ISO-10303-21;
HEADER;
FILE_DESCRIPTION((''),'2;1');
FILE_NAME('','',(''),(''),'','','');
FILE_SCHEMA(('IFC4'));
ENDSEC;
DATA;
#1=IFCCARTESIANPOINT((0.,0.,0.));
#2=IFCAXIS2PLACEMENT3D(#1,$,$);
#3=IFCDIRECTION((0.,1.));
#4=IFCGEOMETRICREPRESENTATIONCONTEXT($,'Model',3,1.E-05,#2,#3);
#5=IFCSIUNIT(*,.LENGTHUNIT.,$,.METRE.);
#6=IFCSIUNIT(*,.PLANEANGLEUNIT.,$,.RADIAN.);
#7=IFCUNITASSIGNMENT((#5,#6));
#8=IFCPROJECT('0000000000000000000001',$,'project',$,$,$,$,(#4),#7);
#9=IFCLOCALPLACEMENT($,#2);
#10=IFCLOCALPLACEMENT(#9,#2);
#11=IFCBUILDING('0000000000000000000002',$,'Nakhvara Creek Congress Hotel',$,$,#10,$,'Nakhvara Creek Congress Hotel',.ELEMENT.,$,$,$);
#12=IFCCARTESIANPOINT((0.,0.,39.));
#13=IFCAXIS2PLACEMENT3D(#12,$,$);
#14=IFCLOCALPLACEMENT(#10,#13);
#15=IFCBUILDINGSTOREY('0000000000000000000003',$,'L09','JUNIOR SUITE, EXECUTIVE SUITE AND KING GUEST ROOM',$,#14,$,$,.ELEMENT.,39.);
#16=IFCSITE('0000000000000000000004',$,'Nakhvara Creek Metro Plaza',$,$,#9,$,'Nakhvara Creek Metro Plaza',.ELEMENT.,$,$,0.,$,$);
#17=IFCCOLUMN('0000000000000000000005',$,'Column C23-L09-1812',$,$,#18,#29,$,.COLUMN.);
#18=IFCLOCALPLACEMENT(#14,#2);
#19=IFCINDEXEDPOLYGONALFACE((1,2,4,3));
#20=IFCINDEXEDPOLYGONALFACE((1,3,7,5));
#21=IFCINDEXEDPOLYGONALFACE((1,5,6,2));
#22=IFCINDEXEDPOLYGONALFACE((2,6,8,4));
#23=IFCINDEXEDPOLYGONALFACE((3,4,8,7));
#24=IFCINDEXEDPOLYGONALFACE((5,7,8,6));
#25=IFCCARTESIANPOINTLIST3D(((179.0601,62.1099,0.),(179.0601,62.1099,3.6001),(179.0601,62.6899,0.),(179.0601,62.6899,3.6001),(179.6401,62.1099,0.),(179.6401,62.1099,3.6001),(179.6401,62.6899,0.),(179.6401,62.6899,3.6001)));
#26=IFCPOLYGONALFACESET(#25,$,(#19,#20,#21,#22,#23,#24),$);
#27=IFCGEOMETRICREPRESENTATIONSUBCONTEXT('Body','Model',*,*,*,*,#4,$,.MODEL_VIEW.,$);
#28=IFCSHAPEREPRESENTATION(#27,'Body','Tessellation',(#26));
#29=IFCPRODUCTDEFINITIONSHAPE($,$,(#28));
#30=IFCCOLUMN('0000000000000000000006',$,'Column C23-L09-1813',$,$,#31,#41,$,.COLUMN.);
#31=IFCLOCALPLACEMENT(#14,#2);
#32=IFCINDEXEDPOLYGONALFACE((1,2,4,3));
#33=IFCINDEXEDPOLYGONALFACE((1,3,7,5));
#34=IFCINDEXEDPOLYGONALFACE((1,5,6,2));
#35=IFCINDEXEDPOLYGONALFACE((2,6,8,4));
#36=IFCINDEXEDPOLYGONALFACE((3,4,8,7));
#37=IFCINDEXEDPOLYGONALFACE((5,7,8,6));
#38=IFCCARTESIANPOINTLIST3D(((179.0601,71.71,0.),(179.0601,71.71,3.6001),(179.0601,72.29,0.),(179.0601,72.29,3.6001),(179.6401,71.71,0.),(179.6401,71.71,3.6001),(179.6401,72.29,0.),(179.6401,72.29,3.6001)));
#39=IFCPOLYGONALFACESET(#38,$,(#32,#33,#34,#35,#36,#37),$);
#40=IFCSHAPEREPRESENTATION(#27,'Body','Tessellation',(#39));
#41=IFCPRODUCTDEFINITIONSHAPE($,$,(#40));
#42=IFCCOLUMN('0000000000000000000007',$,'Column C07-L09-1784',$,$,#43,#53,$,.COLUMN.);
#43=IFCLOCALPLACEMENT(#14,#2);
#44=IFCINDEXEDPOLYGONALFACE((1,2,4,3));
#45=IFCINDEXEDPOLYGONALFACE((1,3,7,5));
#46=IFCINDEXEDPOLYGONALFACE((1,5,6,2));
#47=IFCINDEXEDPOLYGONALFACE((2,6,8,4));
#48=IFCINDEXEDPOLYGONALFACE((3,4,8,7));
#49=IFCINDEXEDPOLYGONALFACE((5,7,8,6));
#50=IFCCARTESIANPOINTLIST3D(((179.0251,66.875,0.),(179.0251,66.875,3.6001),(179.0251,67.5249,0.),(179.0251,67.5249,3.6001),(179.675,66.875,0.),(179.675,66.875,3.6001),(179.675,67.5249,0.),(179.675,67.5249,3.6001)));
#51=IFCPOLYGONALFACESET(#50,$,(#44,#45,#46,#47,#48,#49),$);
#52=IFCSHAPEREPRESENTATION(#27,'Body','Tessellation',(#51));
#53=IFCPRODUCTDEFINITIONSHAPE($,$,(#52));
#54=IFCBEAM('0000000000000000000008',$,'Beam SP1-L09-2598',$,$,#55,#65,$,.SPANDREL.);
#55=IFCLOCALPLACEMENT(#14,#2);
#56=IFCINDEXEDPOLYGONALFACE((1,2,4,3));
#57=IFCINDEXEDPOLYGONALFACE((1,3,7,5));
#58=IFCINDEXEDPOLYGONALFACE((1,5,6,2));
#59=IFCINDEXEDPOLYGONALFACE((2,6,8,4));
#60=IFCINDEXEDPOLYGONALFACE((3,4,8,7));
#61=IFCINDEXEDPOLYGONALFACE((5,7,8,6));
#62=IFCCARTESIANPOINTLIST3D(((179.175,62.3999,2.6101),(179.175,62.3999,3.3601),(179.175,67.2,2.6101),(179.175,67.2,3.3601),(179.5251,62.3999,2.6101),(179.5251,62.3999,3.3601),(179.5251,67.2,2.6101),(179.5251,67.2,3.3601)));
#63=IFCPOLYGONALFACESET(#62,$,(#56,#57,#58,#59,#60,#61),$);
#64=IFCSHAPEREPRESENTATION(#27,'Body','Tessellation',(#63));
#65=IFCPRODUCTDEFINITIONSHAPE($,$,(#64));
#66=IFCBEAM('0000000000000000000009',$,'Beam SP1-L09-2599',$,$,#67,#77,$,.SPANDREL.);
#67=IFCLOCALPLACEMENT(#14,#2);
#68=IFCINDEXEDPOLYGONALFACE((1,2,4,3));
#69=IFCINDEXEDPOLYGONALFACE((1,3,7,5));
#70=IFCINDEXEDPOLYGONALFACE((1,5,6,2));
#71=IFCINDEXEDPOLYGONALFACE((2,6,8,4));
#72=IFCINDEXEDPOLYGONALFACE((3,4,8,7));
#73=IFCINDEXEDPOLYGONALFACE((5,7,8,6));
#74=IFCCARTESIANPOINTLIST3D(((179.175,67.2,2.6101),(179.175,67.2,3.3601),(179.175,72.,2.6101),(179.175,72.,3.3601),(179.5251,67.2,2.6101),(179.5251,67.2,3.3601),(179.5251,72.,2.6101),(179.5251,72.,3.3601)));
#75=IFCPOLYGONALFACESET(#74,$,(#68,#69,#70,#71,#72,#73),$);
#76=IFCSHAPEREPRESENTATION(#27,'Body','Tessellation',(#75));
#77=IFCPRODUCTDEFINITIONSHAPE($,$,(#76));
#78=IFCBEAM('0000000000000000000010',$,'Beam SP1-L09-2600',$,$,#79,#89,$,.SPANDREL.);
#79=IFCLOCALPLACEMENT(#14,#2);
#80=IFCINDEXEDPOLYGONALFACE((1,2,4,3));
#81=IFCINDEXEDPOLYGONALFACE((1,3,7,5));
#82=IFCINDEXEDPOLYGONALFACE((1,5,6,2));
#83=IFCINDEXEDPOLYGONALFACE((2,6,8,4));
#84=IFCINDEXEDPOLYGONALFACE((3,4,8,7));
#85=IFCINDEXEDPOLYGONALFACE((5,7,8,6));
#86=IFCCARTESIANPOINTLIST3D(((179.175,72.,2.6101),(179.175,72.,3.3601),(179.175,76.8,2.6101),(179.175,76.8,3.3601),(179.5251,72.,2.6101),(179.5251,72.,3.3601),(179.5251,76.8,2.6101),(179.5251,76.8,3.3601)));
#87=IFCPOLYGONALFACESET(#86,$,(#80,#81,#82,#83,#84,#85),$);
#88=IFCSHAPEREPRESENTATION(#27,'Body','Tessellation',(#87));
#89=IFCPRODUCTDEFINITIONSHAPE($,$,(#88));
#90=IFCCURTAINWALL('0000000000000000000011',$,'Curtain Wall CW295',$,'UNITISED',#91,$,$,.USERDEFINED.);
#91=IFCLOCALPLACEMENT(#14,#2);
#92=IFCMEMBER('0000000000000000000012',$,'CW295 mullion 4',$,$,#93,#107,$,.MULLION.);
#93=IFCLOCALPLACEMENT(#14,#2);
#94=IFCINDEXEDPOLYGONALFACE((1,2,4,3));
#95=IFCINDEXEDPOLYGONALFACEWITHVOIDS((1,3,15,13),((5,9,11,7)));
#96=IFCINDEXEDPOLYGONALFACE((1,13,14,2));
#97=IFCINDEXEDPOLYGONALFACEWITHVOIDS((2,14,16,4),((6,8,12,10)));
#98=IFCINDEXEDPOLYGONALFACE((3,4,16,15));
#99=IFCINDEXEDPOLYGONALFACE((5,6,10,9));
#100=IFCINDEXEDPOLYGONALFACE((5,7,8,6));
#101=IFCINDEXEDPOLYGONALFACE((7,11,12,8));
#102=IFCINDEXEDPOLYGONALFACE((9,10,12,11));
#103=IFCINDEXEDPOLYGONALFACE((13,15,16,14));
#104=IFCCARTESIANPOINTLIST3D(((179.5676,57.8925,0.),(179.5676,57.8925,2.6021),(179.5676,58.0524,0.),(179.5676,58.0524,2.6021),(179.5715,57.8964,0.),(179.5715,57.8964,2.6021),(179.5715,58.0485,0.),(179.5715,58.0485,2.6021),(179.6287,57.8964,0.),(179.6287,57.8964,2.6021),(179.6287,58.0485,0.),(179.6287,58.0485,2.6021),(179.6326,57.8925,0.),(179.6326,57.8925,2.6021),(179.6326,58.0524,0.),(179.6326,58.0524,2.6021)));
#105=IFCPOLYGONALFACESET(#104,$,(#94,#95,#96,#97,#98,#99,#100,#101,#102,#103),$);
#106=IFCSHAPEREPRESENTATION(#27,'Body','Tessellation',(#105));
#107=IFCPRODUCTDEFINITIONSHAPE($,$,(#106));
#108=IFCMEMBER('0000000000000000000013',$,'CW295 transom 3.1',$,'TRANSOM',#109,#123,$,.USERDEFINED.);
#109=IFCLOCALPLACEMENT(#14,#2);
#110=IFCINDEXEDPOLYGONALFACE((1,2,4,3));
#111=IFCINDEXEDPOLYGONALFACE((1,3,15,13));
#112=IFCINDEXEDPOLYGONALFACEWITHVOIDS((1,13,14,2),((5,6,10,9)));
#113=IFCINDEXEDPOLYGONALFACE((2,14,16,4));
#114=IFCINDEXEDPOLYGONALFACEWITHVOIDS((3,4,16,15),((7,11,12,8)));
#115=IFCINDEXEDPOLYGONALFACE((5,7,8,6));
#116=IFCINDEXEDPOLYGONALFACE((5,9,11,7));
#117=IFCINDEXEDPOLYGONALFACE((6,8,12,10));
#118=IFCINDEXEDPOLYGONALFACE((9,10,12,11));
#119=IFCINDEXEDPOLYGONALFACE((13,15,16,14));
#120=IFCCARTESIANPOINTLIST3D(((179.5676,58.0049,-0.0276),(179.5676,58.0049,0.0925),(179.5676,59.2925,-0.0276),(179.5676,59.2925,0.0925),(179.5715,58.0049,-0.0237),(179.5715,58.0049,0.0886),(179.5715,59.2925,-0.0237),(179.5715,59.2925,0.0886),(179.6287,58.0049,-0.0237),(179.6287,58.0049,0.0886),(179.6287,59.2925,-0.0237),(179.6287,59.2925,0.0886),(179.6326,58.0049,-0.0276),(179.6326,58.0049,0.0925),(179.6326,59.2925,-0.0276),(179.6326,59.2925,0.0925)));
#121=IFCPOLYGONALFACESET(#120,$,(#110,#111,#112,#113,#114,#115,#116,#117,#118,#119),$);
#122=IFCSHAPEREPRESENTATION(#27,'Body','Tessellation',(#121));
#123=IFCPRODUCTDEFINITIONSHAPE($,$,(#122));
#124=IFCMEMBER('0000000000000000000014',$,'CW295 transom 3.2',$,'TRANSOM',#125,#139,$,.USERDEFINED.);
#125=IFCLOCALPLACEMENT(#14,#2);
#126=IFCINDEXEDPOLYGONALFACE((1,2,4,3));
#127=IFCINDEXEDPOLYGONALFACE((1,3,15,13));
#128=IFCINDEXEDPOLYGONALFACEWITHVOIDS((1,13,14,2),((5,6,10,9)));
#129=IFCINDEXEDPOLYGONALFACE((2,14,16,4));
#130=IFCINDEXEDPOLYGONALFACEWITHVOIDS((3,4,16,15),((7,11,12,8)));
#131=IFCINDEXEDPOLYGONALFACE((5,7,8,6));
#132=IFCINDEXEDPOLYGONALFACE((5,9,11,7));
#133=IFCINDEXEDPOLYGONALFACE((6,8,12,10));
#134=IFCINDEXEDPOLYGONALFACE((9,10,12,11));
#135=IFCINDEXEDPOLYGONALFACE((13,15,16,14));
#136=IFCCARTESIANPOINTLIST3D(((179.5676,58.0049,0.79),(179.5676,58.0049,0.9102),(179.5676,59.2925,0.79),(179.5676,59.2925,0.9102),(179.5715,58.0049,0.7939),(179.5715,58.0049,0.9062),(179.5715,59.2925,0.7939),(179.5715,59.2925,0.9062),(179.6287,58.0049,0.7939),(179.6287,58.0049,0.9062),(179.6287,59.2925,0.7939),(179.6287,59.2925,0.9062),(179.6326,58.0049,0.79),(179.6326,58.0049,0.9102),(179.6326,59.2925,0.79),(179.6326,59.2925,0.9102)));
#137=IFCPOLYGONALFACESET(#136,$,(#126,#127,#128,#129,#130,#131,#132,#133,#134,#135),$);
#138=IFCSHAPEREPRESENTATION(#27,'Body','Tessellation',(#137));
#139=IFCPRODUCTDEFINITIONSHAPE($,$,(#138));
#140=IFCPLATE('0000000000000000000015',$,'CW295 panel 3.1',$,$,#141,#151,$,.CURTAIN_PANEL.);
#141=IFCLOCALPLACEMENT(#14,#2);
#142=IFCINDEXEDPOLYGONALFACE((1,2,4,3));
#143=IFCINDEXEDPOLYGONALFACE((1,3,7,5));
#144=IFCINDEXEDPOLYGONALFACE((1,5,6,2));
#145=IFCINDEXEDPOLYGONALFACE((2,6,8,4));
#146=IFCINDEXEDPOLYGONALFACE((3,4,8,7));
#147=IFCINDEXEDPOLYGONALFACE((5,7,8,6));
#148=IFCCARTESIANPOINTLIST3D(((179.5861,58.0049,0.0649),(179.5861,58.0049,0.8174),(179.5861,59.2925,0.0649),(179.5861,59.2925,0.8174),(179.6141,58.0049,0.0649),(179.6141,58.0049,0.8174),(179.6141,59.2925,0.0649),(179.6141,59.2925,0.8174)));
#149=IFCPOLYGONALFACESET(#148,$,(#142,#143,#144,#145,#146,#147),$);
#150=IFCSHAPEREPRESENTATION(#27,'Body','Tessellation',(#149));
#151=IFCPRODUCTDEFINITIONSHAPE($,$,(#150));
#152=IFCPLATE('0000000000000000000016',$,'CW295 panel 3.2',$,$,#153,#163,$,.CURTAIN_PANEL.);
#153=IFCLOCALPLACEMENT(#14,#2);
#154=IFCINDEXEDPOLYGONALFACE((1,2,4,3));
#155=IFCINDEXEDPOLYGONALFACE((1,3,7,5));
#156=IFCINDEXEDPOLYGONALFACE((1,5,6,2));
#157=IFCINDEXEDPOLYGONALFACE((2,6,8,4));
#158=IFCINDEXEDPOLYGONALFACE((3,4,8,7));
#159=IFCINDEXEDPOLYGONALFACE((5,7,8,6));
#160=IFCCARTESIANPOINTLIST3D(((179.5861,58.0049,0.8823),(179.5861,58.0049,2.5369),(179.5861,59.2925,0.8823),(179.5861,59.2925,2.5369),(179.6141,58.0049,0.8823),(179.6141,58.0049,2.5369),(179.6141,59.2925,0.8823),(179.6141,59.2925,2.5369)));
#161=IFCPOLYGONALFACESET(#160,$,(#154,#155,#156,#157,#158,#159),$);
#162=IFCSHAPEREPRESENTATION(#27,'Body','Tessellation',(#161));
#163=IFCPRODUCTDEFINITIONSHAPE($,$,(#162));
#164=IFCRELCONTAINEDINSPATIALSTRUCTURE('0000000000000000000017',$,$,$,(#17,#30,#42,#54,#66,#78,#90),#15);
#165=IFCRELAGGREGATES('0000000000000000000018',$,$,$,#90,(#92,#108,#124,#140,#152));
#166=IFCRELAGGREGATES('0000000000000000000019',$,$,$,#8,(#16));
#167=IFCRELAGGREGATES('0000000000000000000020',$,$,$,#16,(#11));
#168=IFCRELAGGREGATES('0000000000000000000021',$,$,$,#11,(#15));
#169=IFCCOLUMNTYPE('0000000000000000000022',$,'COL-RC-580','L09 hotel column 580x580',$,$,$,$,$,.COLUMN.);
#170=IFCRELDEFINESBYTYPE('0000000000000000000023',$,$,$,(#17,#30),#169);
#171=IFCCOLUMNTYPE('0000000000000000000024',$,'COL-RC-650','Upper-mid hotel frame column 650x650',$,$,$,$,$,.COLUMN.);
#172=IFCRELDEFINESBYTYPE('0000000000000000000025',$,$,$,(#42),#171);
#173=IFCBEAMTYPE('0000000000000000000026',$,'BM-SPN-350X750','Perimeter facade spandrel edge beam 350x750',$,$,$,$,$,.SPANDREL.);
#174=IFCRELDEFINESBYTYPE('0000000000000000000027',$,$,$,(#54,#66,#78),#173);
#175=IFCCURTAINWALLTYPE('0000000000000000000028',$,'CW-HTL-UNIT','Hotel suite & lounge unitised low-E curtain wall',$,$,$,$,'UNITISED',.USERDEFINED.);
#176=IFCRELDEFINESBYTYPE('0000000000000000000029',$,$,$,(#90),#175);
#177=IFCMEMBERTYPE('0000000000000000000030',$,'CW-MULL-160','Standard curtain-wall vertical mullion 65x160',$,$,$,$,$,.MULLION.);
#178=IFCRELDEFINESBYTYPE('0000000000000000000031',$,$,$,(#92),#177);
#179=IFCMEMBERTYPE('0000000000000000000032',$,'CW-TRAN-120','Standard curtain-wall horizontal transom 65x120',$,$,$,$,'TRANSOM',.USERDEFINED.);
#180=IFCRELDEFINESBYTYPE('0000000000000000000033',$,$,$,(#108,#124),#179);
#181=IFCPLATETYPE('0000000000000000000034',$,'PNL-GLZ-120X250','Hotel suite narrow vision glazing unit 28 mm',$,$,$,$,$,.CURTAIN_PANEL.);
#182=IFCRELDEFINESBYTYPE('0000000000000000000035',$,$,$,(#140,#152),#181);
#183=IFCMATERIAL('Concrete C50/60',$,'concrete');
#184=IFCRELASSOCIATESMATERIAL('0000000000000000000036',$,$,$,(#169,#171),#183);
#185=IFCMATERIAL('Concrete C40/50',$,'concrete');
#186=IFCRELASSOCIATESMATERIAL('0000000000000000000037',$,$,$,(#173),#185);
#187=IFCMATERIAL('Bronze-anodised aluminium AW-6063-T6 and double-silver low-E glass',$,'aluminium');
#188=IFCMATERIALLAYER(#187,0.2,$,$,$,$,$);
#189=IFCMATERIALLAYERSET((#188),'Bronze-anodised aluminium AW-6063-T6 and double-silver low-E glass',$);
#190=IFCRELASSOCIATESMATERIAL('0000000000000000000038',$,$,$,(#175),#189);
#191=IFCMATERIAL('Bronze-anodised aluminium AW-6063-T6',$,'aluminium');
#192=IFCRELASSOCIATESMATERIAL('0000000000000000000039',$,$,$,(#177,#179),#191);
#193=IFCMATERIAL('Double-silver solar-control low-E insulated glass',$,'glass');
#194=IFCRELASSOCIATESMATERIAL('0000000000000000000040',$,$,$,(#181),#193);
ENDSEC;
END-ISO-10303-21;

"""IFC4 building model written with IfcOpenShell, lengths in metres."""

from ifc_helpers import new_model, si_unit, direction, frame, origin, origin_2d, place, context, subcontext, project, spatial, rectangle, hollow_rectangle, extrude, material, layer, layer_set, material_profile, profile_set, type_object, element, aggregate, save


model = new_model("IFC4")

# Units and contexts
model_context = context("Model", 3, precision=1e-05, world=origin(), true_north=direction((0.0, 1.0)))
body_context = subcontext(model_context, "Body", "Model", "MODEL_VIEW")
ifc_project = project(units=[si_unit("LENGTHUNIT", "METRE"), si_unit("PLANEANGLEUNIT", "RADIAN")], contexts=[model_context])

# Site, building, storey
site_placement = place(None, origin())
site = spatial("IfcSite", under=ifc_project, at=site_placement, Name="Nakhvara Creek Metro Plaza", LongName="Nakhvara Creek Metro Plaza", CompositionType="ELEMENT", RefElevation=0.0)
building_placement = place(site_placement, origin())
building = spatial("IfcBuilding", under=site, at=building_placement, Name="Nakhvara Creek Congress Hotel", LongName="Nakhvara Creek Congress Hotel", CompositionType="ELEMENT")
storey_placement = place(building_placement, frame((0.0, 0.0, 39.0)))
storey = spatial("IfcBuildingStorey", under=building, at=storey_placement, Name="L09", Description="JUNIOR SUITE, EXECUTIVE SUITE AND KING GUEST ROOM", CompositionType="ELEMENT", Elevation=39.0)

# Columns
ifc_material_1 = material(Name="Concrete C50/60", Category="concrete")
ifc_material_profile_1 = material_profile(ifc_material_1, rectangle(XDim=0.5801, YDim=0.5801, at=origin_2d()), Name="RC-COL 580x580", Category="LoadBearing")
ifc_profile_set_1 = profile_set([ifc_material_profile_1], Name="Concrete C50/60")
column_type_1 = type_object("IfcColumnType", Name="COL-RC-580", Description="L09 hotel column 580x580", PredefinedType="COLUMN", material=ifc_profile_set_1)
for number, where, z_axis, x_axis, name in (
    (1, (179.3501, 62.3999, 0.0), (0.0, 0.0, 1.0), (1.0, 0.0, 0.0), "Column C23-L09-1812"),
    (2, (179.3501, 72.0, 0.0), (0.0, 0.0, 1.0), (1.0, 0.0, 0.0), "Column C23-L09-1813"),
):
    element("IfcColumn", number, at=place(storey_placement, frame(where, z_axis=z_axis, x_axis=x_axis)), inside=storey, type_object=column_type_1, Name=name, PredefinedType="COLUMN", context=body_context, shape_type="SweptSolid", body=[
        extrude(rectangle(XDim=0.5801, YDim=0.5801, at=origin_2d()), origin(), (0.0, 0.0, 1.0), 3.6001),
    ])
ifc_material_profile_2 = material_profile(ifc_material_1, rectangle(XDim=0.6499, YDim=0.6499, at=origin_2d()), Name="RC-COL 650x650", Category="LoadBearing")
ifc_profile_set_2 = profile_set([ifc_material_profile_2], Name="Concrete C50/60")
column_type_2 = type_object("IfcColumnType", Name="COL-RC-650", Description="Upper-mid hotel frame column 650x650", PredefinedType="COLUMN", material=ifc_profile_set_2)
column_placement = place(storey_placement, frame((179.3501, 67.2, 0.0), z_axis=(0.0, 0.0, 1.0), x_axis=(1.0, 0.0, 0.0)))
element("IfcColumn", 3, at=column_placement, inside=storey, type_object=column_type_2, Name="Column C07-L09-1784", PredefinedType="COLUMN", context=body_context, shape_type="SweptSolid", body=[
    extrude(rectangle(XDim=0.6499, YDim=0.6499, at=origin_2d()), origin(), (0.0, 0.0, 1.0), 3.6001),
])

# Beams
ifc_material_2 = material(Name="Concrete C40/50", Category="concrete")
ifc_material_profile_3 = material_profile(ifc_material_2, rectangle(XDim=0.3501, YDim=0.75, at=origin_2d()), Name="RC-SPANDREL 350x750", Category="LoadBearing")
ifc_profile_set_3 = profile_set([ifc_material_profile_3], Name="Concrete C40/50")
beam_type = type_object("IfcBeamType", Name="BM-SPN-350X750", Description="Perimeter facade spandrel edge beam 350x750", PredefinedType="SPANDREL", material=ifc_profile_set_3)
for number, where, z_axis, x_axis, name in (
    (4, (179.3501, 62.3999, 2.9851), (0.0, 1.0, 0.0), (-1.0, 0.0, 0.0), "Beam SP1-L09-2598"),
    (5, (179.3501, 67.2, 2.9851), (0.0, 1.0, 0.0), (-1.0, 0.0, 0.0), "Beam SP1-L09-2599"),
    (6, (179.3501, 72.0, 2.9851), (0.0, 1.0, 0.0), (-1.0, 0.0, 0.0), "Beam SP1-L09-2600"),
):
    element("IfcBeam", number, at=place(storey_placement, frame(where, z_axis=z_axis, x_axis=x_axis)), inside=storey, type_object=beam_type, Name=name, PredefinedType="SPANDREL", context=body_context, shape_type="SweptSolid", body=[
        extrude(rectangle(XDim=0.3501, YDim=0.75, at=origin_2d()), origin(), (0.0, 0.0, 1.0), 4.8),
    ])

# Curtain wall, members, plates
ifc_material_3 = material(Name="Bronze-anodised aluminium AW-6063-T6 and double-silver low-E glass", Category="aluminium")
ifc_layer_1 = layer(ifc_material_3, 0.2)
ifc_layer_set_1 = layer_set([ifc_layer_1], Name="Bronze-anodised aluminium AW-6063-T6 and double-silver low-E glass")
curtain_wall_type = type_object("IfcCurtainWallType", Name="CW-HTL-UNIT", Description="Hotel suite & lounge unitised low-E curtain wall", ElementType="UNITISED", PredefinedType="USERDEFINED", material=ifc_layer_set_1)
curtain_wall_placement = place(storey_placement, origin())
curtain_wall = element("IfcCurtainWall", 7, at=curtain_wall_placement, inside=storey, type_object=curtain_wall_type, Name="Curtain Wall CW295", ObjectType="UNITISED", PredefinedType="USERDEFINED")
ifc_material_4 = material(Name="Bronze-anodised aluminium AW-6063-T6", Category="aluminium")
ifc_material_profile_4 = material_profile(ifc_material_4, hollow_rectangle(XDim=0.0649, YDim=0.1599, WallThickness=0.0039, at=origin_2d()), Name="ALU-MULL 65x160x4", Category="LoadBearing")
ifc_profile_set_4 = profile_set([ifc_material_profile_4], Name="Bronze-anodised aluminium AW-6063-T6")
member_type_1 = type_object("IfcMemberType", Name="CW-MULL-160", Description="Standard curtain-wall vertical mullion 65x160", PredefinedType="MULLION", material=ifc_profile_set_4)
member_1_placement = place(storey_placement, frame((179.6001, 57.9724, 0.0), z_axis=(0.0, 0.0, 1.0), x_axis=(1.0, 0.0, 0.0)))
member_1 = element("IfcMember", 8, at=member_1_placement, type_object=member_type_1, Name="CW295 mullion 4", PredefinedType="MULLION", context=body_context, shape_type="SweptSolid", body=[
    extrude(hollow_rectangle(XDim=0.0649, YDim=0.1599, WallThickness=0.0039, at=origin_2d()), origin(), (0.0, 0.0, 1.0), 2.6021),
])
ifc_material_profile_5 = material_profile(ifc_material_4, hollow_rectangle(XDim=0.0649, YDim=0.1201, WallThickness=0.0039, at=origin_2d()), Name="ALU-TRAN 65x120x4", Category="LoadBearing")
ifc_profile_set_5 = profile_set([ifc_material_profile_5], Name="Bronze-anodised aluminium AW-6063-T6")
member_type_2 = type_object("IfcMemberType", Name="CW-TRAN-120", Description="Standard curtain-wall horizontal transom 65x120", ElementType="TRANSOM", PredefinedType="USERDEFINED", material=ifc_profile_set_5)
member_2_placement = place(storey_placement, frame((179.6001, 59.2925, 0.0325), z_axis=(0.0, -1.0, 0.0), x_axis=(1.0, 0.0, 0.0)))
member_2 = element("IfcMember", 9, at=member_2_placement, type_object=member_type_2, Name="CW295 transom 3.1", ObjectType="TRANSOM", PredefinedType="USERDEFINED", context=body_context, shape_type="SweptSolid", body=[
    extrude(hollow_rectangle(XDim=0.0649, YDim=0.1201, WallThickness=0.0039, at=origin_2d()), origin(), (0.0, 0.0, 1.0), 1.2876),
])
member_3_placement = place(storey_placement, frame((179.6001, 59.2925, 0.8501), z_axis=(0.0, -1.0, 0.0), x_axis=(1.0, 0.0, 0.0)))
member_3 = element("IfcMember", 10, at=member_3_placement, type_object=member_type_2, Name="CW295 transom 3.2", ObjectType="TRANSOM", PredefinedType="USERDEFINED", context=body_context, shape_type="SweptSolid", body=[
    extrude(hollow_rectangle(XDim=0.0649, YDim=0.1201, WallThickness=0.0039, at=origin_2d()), origin(), (0.0, 0.0, 1.0), 1.2876),
])
ifc_material_5 = material(Name="Double-silver solar-control low-E insulated glass", Category="glass")
plate_type = type_object("IfcPlateType", Name="PNL-GLZ-120X250", Description="Hotel suite narrow vision glazing unit 28 mm", PredefinedType="CURTAIN_PANEL", material=ifc_material_5)
plate_1_placement = place(storey_placement, frame((179.6001, 58.6487, 0.0649), z_axis=(0.0, 0.0, 1.0), x_axis=(0.0, -1.0, 0.0)))
plate_1 = element("IfcPlate", 11, at=plate_1_placement, type_object=plate_type, Name="CW295 panel 3.1", PredefinedType="CURTAIN_PANEL", context=body_context, shape_type="SweptSolid", body=[
    extrude(rectangle(XDim=1.2876, YDim=0.0281, at=origin_2d()), origin(), (0.0, 0.0, 1.0), 0.7524),
])
plate_2_placement = place(storey_placement, frame((179.6001, 58.6487, 0.8823), z_axis=(0.0, 0.0, 1.0), x_axis=(0.0, -1.0, 0.0)))
plate_2 = element("IfcPlate", 12, at=plate_2_placement, type_object=plate_type, Name="CW295 panel 3.2", PredefinedType="CURTAIN_PANEL", context=body_context, shape_type="SweptSolid", body=[
    extrude(rectangle(XDim=1.2876, YDim=0.0281, at=origin_2d()), origin(), (0.0, 0.0, 1.0), 1.6545),
])
aggregate(curtain_wall, [member_1, member_2, member_3, plate_1, plate_2])

save(model, "model.ifc")
